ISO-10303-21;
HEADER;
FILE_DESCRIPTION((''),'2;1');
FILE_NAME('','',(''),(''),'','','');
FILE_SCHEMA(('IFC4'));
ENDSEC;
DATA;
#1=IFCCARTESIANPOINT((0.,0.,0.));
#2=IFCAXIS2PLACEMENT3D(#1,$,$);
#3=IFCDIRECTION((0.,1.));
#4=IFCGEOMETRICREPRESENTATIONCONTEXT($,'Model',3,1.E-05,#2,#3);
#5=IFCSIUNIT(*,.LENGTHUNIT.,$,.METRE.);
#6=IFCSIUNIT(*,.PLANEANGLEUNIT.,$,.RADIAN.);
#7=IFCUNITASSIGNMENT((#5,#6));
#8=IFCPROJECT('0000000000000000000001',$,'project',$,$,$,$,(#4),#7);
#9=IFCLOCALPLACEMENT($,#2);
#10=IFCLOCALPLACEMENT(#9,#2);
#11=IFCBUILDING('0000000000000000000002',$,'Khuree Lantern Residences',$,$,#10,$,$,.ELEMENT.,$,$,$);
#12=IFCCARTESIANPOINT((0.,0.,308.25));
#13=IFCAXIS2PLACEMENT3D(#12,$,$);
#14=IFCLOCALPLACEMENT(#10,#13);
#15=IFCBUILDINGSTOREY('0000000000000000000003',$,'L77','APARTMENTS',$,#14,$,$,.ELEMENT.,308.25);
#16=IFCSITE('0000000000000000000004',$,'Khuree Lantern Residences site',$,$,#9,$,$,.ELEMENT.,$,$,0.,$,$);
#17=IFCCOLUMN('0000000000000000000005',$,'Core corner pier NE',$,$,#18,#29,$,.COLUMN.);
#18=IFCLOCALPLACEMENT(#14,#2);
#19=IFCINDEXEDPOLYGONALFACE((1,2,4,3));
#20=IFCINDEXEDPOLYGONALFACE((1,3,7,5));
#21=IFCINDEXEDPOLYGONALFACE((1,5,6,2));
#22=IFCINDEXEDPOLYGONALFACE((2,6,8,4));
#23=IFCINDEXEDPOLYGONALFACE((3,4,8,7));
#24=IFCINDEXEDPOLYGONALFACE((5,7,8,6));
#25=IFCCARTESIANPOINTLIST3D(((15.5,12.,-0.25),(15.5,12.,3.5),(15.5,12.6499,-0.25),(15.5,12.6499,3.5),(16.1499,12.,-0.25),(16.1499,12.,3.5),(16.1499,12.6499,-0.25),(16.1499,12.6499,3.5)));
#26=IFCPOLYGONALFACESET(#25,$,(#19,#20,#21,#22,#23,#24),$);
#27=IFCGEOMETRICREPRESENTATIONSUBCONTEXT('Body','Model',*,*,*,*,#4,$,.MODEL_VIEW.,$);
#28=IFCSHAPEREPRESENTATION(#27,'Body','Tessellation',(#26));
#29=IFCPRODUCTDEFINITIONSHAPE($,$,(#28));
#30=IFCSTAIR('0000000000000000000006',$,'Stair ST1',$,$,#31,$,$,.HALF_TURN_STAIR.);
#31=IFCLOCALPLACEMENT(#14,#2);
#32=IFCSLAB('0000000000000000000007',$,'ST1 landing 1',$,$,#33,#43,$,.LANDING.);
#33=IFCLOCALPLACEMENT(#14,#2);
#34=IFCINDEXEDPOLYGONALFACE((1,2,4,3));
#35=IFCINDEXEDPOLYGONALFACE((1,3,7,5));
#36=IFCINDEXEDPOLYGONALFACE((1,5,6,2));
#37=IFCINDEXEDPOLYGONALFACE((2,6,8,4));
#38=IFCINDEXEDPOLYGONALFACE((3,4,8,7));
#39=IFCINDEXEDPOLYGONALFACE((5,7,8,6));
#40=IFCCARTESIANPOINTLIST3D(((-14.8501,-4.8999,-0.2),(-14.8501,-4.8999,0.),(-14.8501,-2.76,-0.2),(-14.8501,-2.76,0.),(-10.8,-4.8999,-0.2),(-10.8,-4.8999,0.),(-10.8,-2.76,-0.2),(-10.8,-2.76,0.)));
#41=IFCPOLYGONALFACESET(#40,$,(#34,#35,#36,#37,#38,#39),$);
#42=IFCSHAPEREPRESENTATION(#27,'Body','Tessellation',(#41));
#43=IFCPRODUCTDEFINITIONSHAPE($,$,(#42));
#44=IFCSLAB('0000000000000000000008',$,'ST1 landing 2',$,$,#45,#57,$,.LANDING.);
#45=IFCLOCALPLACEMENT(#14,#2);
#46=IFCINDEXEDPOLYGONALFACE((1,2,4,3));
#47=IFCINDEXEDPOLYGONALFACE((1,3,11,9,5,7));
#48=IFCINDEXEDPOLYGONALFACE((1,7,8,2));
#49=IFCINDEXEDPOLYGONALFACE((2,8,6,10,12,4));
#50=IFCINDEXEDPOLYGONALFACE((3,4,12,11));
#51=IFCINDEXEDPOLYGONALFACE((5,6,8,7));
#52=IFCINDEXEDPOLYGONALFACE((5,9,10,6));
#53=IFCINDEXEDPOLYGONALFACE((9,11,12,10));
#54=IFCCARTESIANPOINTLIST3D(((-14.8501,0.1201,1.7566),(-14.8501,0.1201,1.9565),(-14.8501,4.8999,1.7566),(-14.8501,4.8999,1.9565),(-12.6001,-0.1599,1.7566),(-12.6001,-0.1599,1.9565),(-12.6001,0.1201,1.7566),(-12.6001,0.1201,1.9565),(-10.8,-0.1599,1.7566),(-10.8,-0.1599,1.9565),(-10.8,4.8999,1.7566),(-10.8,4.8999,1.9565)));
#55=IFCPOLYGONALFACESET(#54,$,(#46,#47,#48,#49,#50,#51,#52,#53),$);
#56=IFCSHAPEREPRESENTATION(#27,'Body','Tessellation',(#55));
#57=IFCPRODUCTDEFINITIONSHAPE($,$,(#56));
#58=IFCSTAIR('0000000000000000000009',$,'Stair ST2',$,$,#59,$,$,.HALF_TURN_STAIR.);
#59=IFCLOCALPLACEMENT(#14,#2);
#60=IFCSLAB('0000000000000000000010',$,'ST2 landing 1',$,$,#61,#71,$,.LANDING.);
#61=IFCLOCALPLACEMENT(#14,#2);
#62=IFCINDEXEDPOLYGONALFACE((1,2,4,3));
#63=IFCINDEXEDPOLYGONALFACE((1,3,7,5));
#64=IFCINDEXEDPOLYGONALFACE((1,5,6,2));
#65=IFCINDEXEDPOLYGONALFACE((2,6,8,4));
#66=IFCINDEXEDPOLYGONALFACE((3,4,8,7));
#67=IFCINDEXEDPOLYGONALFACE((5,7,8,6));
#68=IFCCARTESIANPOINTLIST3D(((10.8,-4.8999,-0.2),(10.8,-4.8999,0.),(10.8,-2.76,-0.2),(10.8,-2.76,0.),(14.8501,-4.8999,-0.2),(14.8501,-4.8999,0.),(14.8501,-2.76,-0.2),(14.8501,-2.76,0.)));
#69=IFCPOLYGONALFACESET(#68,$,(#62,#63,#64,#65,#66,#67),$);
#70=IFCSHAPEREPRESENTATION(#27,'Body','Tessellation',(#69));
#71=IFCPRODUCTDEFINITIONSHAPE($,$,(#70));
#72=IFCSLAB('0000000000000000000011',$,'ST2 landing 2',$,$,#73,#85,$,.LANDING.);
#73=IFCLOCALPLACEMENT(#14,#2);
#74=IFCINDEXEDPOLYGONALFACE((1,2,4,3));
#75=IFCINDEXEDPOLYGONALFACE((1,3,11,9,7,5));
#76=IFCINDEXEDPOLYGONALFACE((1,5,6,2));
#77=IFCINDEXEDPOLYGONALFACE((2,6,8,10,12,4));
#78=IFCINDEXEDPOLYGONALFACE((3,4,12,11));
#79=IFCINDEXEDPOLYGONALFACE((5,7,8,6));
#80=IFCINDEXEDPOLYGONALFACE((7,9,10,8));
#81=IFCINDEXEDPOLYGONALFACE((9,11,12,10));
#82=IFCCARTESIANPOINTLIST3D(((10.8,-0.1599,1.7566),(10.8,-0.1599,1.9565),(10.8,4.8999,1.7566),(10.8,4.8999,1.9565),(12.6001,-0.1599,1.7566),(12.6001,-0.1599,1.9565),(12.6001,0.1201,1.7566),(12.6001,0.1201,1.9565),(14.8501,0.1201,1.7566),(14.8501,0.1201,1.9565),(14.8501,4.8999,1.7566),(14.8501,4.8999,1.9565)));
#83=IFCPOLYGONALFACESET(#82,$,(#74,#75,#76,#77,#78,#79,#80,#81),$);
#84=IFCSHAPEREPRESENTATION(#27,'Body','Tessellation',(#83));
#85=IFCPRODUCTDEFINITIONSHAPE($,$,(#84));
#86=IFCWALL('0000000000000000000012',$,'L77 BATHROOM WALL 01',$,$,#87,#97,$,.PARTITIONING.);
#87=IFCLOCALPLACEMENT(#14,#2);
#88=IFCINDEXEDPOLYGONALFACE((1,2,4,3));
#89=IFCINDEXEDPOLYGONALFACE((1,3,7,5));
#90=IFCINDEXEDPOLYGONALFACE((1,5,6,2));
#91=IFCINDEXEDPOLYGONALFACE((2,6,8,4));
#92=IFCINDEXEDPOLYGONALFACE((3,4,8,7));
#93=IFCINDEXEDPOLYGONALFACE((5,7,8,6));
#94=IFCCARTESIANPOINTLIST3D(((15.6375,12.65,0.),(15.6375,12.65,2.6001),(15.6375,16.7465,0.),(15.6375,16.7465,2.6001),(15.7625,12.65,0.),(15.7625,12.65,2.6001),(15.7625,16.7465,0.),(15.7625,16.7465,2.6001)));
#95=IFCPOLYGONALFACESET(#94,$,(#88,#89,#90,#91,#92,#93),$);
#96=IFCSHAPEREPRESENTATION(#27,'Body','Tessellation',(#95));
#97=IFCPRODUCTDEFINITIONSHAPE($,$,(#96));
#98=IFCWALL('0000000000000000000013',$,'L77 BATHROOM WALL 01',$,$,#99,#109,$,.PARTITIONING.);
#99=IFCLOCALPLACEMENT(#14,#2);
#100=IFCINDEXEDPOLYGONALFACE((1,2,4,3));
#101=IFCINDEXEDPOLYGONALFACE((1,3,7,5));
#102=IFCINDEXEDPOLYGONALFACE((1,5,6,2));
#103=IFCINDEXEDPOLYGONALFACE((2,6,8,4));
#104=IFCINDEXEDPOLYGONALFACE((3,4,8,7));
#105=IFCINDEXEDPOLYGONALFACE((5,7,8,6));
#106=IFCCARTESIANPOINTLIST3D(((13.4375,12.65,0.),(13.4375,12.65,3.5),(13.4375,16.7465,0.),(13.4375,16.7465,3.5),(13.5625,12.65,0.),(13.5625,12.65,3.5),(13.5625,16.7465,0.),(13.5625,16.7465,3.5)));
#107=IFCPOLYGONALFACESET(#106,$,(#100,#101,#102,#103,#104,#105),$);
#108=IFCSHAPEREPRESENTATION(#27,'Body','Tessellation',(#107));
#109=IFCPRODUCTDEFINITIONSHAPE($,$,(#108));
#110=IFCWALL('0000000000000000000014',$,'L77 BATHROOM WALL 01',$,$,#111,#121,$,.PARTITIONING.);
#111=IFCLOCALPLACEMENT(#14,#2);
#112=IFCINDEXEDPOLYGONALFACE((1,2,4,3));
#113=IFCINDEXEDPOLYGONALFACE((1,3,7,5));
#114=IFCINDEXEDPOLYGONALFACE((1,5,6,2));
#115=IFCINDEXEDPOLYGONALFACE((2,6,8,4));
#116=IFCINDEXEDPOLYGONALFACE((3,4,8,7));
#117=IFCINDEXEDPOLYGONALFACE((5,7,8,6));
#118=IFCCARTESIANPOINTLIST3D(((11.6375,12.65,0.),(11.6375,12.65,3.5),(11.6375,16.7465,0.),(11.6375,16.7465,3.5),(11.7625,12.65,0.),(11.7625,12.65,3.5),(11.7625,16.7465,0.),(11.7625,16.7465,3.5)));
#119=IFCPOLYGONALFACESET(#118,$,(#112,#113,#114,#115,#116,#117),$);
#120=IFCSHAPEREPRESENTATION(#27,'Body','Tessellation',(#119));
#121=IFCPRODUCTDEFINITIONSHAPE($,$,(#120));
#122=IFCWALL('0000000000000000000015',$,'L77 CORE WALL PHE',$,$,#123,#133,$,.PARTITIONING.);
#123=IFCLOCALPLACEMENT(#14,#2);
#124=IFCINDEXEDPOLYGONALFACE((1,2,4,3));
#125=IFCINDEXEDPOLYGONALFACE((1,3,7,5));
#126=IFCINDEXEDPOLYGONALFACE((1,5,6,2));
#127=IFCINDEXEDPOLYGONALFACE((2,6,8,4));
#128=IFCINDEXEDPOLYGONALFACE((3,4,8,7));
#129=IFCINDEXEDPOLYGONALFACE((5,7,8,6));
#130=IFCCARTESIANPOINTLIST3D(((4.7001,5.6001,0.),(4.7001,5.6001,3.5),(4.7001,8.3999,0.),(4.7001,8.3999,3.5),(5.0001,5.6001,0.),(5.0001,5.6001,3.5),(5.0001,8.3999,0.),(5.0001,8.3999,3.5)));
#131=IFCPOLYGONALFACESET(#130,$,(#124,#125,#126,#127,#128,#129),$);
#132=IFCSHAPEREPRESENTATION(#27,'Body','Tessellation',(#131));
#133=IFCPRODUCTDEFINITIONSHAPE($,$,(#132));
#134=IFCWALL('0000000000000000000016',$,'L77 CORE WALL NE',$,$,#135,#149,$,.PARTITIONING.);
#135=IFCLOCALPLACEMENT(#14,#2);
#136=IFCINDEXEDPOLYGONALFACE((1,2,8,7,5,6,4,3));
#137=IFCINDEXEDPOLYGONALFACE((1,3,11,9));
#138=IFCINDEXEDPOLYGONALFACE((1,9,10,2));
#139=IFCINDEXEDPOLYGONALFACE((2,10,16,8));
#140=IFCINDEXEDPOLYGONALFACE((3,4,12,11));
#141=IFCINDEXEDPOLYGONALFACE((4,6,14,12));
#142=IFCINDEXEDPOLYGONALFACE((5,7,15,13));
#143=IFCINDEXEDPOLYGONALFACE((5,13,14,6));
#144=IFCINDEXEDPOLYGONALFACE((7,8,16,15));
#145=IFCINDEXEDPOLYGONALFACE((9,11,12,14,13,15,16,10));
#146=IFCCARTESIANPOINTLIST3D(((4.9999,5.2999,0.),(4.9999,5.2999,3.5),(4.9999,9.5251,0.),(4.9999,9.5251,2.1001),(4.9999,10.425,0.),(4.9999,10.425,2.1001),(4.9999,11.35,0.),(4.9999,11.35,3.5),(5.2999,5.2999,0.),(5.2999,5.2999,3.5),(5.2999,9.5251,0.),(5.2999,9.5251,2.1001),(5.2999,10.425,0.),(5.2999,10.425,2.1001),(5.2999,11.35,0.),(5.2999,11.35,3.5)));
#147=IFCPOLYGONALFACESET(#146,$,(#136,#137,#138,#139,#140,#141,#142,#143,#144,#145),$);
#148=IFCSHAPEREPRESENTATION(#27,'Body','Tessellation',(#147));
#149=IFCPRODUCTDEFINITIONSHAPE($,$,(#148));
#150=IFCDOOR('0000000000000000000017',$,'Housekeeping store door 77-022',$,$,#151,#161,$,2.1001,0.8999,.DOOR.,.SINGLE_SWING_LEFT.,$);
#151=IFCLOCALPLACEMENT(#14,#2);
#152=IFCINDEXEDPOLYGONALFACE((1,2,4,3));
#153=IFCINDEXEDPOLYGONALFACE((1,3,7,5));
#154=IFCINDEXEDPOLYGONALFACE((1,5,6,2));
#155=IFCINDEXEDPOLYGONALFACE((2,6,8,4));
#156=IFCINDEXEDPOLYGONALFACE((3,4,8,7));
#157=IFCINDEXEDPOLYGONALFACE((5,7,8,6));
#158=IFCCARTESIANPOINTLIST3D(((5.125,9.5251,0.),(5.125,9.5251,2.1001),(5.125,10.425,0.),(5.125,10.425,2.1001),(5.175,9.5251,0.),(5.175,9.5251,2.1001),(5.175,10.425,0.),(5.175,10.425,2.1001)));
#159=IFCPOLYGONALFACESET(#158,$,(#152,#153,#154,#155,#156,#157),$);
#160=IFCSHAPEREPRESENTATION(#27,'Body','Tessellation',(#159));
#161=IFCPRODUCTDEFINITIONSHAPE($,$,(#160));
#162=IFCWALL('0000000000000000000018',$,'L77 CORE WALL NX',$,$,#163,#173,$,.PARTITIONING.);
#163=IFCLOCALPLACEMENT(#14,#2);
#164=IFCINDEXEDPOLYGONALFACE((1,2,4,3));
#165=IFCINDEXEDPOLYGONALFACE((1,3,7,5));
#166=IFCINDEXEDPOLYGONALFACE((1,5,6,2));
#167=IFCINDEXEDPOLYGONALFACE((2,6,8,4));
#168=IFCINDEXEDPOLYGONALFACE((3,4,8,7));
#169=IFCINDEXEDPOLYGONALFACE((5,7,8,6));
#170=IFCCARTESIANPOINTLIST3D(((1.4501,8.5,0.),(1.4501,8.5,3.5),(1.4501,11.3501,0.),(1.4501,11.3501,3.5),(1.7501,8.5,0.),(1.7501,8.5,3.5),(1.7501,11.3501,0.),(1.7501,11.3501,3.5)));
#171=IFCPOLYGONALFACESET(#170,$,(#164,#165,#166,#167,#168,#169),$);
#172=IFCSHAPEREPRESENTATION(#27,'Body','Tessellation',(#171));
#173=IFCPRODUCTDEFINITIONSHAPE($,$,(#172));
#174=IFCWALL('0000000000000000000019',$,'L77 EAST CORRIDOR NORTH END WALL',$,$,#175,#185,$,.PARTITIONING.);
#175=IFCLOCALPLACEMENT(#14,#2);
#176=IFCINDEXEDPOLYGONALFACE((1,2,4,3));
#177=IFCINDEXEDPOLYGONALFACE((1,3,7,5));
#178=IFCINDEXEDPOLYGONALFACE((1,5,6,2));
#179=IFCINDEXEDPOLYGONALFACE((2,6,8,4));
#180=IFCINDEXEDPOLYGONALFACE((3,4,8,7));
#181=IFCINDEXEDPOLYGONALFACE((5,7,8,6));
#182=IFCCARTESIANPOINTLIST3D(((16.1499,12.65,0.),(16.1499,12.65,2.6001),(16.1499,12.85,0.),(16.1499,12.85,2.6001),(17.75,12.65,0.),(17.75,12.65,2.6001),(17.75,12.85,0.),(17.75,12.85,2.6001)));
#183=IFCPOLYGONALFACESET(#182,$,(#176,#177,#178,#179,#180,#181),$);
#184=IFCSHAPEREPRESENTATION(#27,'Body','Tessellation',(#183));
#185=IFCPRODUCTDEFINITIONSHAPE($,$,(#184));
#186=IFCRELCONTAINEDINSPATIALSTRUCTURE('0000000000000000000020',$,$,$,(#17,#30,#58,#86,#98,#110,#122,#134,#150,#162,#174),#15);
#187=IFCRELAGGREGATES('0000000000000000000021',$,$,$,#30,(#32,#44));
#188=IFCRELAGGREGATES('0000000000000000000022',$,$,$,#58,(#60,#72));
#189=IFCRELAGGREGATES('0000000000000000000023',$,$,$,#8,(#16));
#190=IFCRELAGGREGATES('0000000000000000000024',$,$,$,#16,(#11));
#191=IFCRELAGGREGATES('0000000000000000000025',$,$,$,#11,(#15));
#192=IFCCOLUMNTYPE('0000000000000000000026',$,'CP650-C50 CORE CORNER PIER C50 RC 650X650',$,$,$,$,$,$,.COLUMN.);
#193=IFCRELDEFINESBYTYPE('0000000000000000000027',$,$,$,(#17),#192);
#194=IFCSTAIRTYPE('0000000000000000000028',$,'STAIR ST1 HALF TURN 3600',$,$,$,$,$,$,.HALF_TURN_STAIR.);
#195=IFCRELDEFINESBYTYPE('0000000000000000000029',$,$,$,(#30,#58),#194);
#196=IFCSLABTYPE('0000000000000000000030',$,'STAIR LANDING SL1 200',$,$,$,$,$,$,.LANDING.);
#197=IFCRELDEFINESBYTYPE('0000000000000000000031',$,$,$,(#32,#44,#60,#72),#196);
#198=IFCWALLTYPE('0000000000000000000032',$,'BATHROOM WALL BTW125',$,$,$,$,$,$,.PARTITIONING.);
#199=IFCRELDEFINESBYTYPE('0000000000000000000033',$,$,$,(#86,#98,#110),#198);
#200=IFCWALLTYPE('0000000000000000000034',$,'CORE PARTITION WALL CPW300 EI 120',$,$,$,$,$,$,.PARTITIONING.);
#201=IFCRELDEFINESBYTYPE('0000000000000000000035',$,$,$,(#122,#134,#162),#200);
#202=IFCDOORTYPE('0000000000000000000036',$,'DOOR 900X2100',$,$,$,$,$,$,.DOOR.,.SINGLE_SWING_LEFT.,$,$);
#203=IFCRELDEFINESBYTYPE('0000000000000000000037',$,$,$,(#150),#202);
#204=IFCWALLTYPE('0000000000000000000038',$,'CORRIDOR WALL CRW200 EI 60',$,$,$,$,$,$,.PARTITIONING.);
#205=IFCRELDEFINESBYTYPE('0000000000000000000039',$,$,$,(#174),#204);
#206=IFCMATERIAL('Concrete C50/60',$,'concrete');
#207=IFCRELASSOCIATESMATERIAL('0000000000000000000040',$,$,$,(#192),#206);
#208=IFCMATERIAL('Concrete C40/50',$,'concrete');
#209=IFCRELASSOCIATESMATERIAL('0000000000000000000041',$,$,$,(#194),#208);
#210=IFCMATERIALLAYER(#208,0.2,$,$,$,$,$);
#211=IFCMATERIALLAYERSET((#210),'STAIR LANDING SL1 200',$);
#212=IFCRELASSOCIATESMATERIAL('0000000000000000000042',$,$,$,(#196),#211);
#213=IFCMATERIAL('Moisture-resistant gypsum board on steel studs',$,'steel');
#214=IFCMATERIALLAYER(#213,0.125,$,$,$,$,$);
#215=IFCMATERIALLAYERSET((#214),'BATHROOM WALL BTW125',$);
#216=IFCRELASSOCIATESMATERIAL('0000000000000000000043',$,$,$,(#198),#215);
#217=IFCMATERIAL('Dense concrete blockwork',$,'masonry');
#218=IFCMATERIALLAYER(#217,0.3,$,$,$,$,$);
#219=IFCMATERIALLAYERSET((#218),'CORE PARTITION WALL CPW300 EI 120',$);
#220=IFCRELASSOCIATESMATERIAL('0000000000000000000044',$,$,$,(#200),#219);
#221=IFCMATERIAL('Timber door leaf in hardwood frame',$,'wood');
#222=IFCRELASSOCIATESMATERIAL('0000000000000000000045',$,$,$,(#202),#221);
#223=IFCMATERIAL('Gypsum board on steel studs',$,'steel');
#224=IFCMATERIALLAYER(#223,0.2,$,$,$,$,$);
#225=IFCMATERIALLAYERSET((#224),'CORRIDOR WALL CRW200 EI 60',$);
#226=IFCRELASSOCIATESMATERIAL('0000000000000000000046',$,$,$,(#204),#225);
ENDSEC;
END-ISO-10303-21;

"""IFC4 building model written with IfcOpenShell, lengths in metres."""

from ifc_helpers import new_model, si_unit, direction, frame, frame_2d, origin, origin_2d, place, context, subcontext, project, spatial, polyline, rectangle, outline, extrude, material, layer, layer_set, material_profile, profile_set, type_object, element, fill, aggregate, save


model = new_model("IFC4")

# Units and contexts
model_context = context("Model", 3, precision=1e-05, world=origin(), true_north=direction((0.0, 1.0)))
body_context = subcontext(model_context, "Body", "Model", "MODEL_VIEW")
ifc_project = project(units=[si_unit("LENGTHUNIT", "METRE"), si_unit("PLANEANGLEUNIT", "RADIAN")], contexts=[model_context])

# Site, building, storey
site_placement = place(None, origin())
site = spatial("IfcSite", under=ifc_project, at=site_placement, Name="Khuree Lantern Residences site", CompositionType="ELEMENT", RefElevation=0.0)
building_placement = place(site_placement, origin())
building = spatial("IfcBuilding", under=site, at=building_placement, Name="Khuree Lantern Residences", CompositionType="ELEMENT")
storey_placement = place(building_placement, frame((0.0, 0.0, 308.25)))
storey = spatial("IfcBuildingStorey", under=building, at=storey_placement, Name="L77", Description="APARTMENTS", CompositionType="ELEMENT", Elevation=308.25)

# Column
ifc_material_1 = material(Name="Concrete C50/60", Category="concrete")
ifc_material_profile = material_profile(ifc_material_1, rectangle(XDim=0.6499, YDim=0.6499, at=origin_2d()), Name="RC 650X650")
ifc_profile_set = profile_set([ifc_material_profile], Name="Concrete C50/60")
column_type = type_object("IfcColumnType", Name="CP650-C50 CORE CORNER PIER C50 RC 650X650", PredefinedType="COLUMN", material=ifc_profile_set)
column_placement = place(storey_placement, frame((15.825, 12.325, -0.25), z_axis=(0.0, 0.0, 1.0), x_axis=(1.0, 0.0, 0.0)))
element("IfcColumn", 1, at=column_placement, inside=storey, type_object=column_type, Name="Core corner pier NE", PredefinedType="COLUMN", context=body_context, shape_type="SweptSolid", body=[
    extrude(rectangle(XDim=0.6499, YDim=0.6499, at=origin_2d()), origin(), (0.0, 0.0, 1.0), 3.75),
])

# Stairs, slabs
ifc_material_2 = material(Name="Concrete C40/50", Category="concrete")
stair_type = type_object("IfcStairType", Name="STAIR ST1 HALF TURN 3600", PredefinedType="HALF_TURN_STAIR", material=ifc_material_2)
stair_1_placement = place(storey_placement, origin())
stair_1 = element("IfcStair", 2, at=stair_1_placement, inside=storey, type_object=stair_type, Name="Stair ST1", PredefinedType="HALF_TURN_STAIR")
ifc_layer_1 = layer(ifc_material_2, 0.2)
ifc_layer_set_1 = layer_set([ifc_layer_1], Name="STAIR LANDING SL1 200")
slab_type = type_object("IfcSlabType", Name="STAIR LANDING SL1 200", PredefinedType="LANDING", material=ifc_layer_set_1)
slab_1_placement = place(storey_placement, frame((0.0, 0.0, -0.2)))
slab_1 = element("IfcSlab", 3, at=slab_1_placement, type_object=slab_type, Name="ST1 landing 1", PredefinedType="LANDING", context=body_context, shape_type="SweptSolid", body=[
    extrude(outline(polyline([(-14.8501, -4.8999), (-10.8, -4.8999), (-10.8, -2.76), (-14.8501, -2.76), (-14.8501, -4.8999)])), origin(), (0.0, 0.0, 1.0), 0.2),
])
slab_2_placement = place(storey_placement, frame((0.0, 0.0, 1.7566)))
slab_2 = element("IfcSlab", 4, at=slab_2_placement, type_object=slab_type, Name="ST1 landing 2", PredefinedType="LANDING", context=body_context, shape_type="SweptSolid", body=[
    extrude(outline(polyline([(-14.8501, 0.1201), (-14.8501, 4.8999), (-10.8, 4.8999), (-10.8, -0.1599), (-12.6001, -0.1599), (-12.6001, 0.1201), (-14.8501, 0.1201)])), origin(), (0.0, 0.0, 1.0), 0.2),
])
aggregate(stair_1, [slab_1, slab_2])
stair_2_placement = place(storey_placement, origin())
stair_2 = element("IfcStair", 5, at=stair_2_placement, inside=storey, type_object=stair_type, Name="Stair ST2", PredefinedType="HALF_TURN_STAIR")
slab_3_placement = place(storey_placement, frame((0.0, 0.0, -0.2)))
slab_3 = element("IfcSlab", 6, at=slab_3_placement, type_object=slab_type, Name="ST2 landing 1", PredefinedType="LANDING", context=body_context, shape_type="SweptSolid", body=[
    extrude(outline(polyline([(10.8, -4.8999), (14.8501, -4.8999), (14.8501, -2.76), (10.8, -2.76), (10.8, -4.8999)])), origin(), (0.0, 0.0, 1.0), 0.2),
])
slab_4_placement = place(storey_placement, frame((0.0, 0.0, 1.7566)))
slab_4 = element("IfcSlab", 7, at=slab_4_placement, type_object=slab_type, Name="ST2 landing 2", PredefinedType="LANDING", context=body_context, shape_type="SweptSolid", body=[
    extrude(outline(polyline([(14.8501, 4.8999), (14.8501, 0.1201), (12.6001, 0.1201), (12.6001, -0.1599), (10.8, -0.1599), (10.8, 4.8999), (14.8501, 4.8999)])), origin(), (0.0, 0.0, 1.0), 0.2),
])
aggregate(stair_2, [slab_3, slab_4])

# Walls
ifc_material_3 = material(Name="Moisture-resistant gypsum board on steel studs", Category="steel")
ifc_layer_2 = layer(ifc_material_3, 0.125)
ifc_layer_set_2 = layer_set([ifc_layer_2], Name="BATHROOM WALL BTW125")
wall_type_1 = type_object("IfcWallType", Name="BATHROOM WALL BTW125", PredefinedType="PARTITIONING", material=ifc_layer_set_2)
wall_1_placement = place(storey_placement, frame((15.7, 12.6499, 0.0), z_axis=(0.0, 0.0, 1.0), x_axis=(0.0, 1.0, 0.0)))
element("IfcWall", 8, at=wall_1_placement, inside=storey, type_object=wall_type_1, Name="L77 BATHROOM WALL 01", PredefinedType="PARTITIONING", context=body_context, shape_type="SweptSolid", body=[
    extrude(rectangle(XDim=4.0964, YDim=0.125, at=frame_2d((2.0483, 0.0))), origin(), (0.0, 0.0, 1.0), 2.6001),
])
for number, where, z_axis, x_axis, name in (
    (9, (13.5, 12.6499, 0.0), (0.0, 0.0, 1.0), (0.0, 1.0, 0.0), "L77 BATHROOM WALL 01"),
    (10, (11.7, 12.6499, 0.0), (0.0, 0.0, 1.0), (0.0, 1.0, 0.0), "L77 BATHROOM WALL 01"),
):
    element("IfcWall", number, at=place(storey_placement, frame(where, z_axis=z_axis, x_axis=x_axis)), inside=storey, type_object=wall_type_1, Name=name, PredefinedType="PARTITIONING", context=body_context, shape_type="SweptSolid", body=[
        extrude(rectangle(XDim=4.0964, YDim=0.125, at=frame_2d((2.0483, 0.0))), origin(), (0.0, 0.0, 1.0), 3.5),
    ])
ifc_material_4 = material(Name="Dense concrete blockwork", Category="masonry")
ifc_layer_3 = layer(ifc_material_4, 0.3)
ifc_layer_set_3 = layer_set([ifc_layer_3], Name="CORE PARTITION WALL CPW300 EI 120")
wall_type_2 = type_object("IfcWallType", Name="CORE PARTITION WALL CPW300 EI 120", PredefinedType="PARTITIONING", material=ifc_layer_set_3)
wall_2_placement = place(storey_placement, frame((4.8501, 5.6001, 0.0), z_axis=(0.0, 0.0, 1.0), x_axis=(0.0, 1.0, 0.0)))
element("IfcWall", 11, at=wall_2_placement, inside=storey, type_object=wall_type_2, Name="L77 CORE WALL PHE", PredefinedType="PARTITIONING", context=body_context, shape_type="SweptSolid", body=[
    extrude(rectangle(XDim=2.7998, YDim=0.3, at=frame_2d((1.3999, 0.0))), origin(), (0.0, 0.0, 1.0), 3.5),
])

# Wall, opening, door
wall_3_placement = place(storey_placement, frame((5.1499, 5.3, 0.0), z_axis=(0.0, 0.0, 1.0), x_axis=(0.0, 1.0, 0.0)))
wall_3 = element("IfcWall", 12, at=wall_3_placement, inside=storey, type_object=wall_type_2, Name="L77 CORE WALL NE", PredefinedType="PARTITIONING", context=body_context, shape_type="SweptSolid", body=[
    extrude(rectangle(XDim=6.05, YDim=0.3, at=frame_2d((3.0249, 0.0))), origin(), (0.0, 0.0, 1.0), 3.5),
])
opening_1_placement = place(wall_3_placement, frame((4.2251, 0.0, 0.0)))
opening_1 = element("IfcOpeningElement", 13, at=opening_1_placement, cuts=wall_3, PredefinedType="OPENING", context=body_context, shape_type="SweptSolid", body=[
    extrude(rectangle(XDim=0.8999, YDim=2.1001, at=frame_2d((0.45, 1.05))), frame((0.0, 0.1602, 0.0), z_axis=(0.0, -1.0, 0.0), x_axis=(1.0, 0.0, 0.0)), (0.0, 0.0, 1.0), 0.3201),
])
ifc_material_5 = material(Name="Timber door leaf in hardwood frame", Category="wood")
door_type_1 = type_object("IfcDoorType", Name="DOOR 900X2100", OperationType="SINGLE_SWING_LEFT", PredefinedType="DOOR", material=ifc_material_5)
door_1_placement = place(opening_1_placement, origin())
door_1 = element("IfcDoor", 14, at=door_1_placement, inside=storey, type_object=door_type_1, Name="Housekeeping store door 77-022", OperationType="SINGLE_SWING_LEFT", OverallHeight=2.1001, OverallWidth=0.8999, PredefinedType="DOOR", context=body_context, shape_type="SweptSolid", body=[
    extrude(rectangle(XDim=0.8999, YDim=2.1001, at=frame_2d((0.45, 1.05))), frame((0.0, 0.0249, 0.0), z_axis=(0.0, -1.0, 0.0), x_axis=(1.0, 0.0, 0.0)), (0.0, 0.0, 1.0), 0.05),
])
fill(opening_1, door_1)

# Walls
wall_4_placement = place(storey_placement, frame((1.6001, 8.5, 0.0), z_axis=(0.0, 0.0, 1.0), x_axis=(0.0, 1.0, 0.0)))
element("IfcWall", 15, at=wall_4_placement, inside=storey, type_object=wall_type_2, Name="L77 CORE WALL NX", PredefinedType="PARTITIONING", context=body_context, shape_type="SweptSolid", body=[
    extrude(rectangle(XDim=2.8501, YDim=0.3, at=frame_2d((1.425, 0.0))), origin(), (0.0, 0.0, 1.0), 3.5),
])
ifc_material_6 = material(Name="Gypsum board on steel studs", Category="steel")
ifc_layer_4 = layer(ifc_material_6, 0.2)
ifc_layer_set_4 = layer_set([ifc_layer_4], Name="CORRIDOR WALL CRW200 EI 60")
wall_type_3 = type_object("IfcWallType", Name="CORRIDOR WALL CRW200 EI 60", PredefinedType="PARTITIONING", material=ifc_layer_set_4)
wall_5_placement = place(storey_placement, frame((16.1499, 12.75, 0.0), z_axis=(0.0, 0.0, 1.0), x_axis=(1.0, 0.0, 0.0)))
element("IfcWall", 16, at=wall_5_placement, inside=storey, type_object=wall_type_3, Name="L77 EAST CORRIDOR NORTH END WALL", PredefinedType="PARTITIONING", context=body_context, shape_type="SweptSolid", body=[
    extrude(rectangle(XDim=1.6001, YDim=0.2, at=frame_2d((0.8, 0.0))), origin(), (0.0, 0.0, 1.0), 2.6001),
])

save(model, "model.ifc")
